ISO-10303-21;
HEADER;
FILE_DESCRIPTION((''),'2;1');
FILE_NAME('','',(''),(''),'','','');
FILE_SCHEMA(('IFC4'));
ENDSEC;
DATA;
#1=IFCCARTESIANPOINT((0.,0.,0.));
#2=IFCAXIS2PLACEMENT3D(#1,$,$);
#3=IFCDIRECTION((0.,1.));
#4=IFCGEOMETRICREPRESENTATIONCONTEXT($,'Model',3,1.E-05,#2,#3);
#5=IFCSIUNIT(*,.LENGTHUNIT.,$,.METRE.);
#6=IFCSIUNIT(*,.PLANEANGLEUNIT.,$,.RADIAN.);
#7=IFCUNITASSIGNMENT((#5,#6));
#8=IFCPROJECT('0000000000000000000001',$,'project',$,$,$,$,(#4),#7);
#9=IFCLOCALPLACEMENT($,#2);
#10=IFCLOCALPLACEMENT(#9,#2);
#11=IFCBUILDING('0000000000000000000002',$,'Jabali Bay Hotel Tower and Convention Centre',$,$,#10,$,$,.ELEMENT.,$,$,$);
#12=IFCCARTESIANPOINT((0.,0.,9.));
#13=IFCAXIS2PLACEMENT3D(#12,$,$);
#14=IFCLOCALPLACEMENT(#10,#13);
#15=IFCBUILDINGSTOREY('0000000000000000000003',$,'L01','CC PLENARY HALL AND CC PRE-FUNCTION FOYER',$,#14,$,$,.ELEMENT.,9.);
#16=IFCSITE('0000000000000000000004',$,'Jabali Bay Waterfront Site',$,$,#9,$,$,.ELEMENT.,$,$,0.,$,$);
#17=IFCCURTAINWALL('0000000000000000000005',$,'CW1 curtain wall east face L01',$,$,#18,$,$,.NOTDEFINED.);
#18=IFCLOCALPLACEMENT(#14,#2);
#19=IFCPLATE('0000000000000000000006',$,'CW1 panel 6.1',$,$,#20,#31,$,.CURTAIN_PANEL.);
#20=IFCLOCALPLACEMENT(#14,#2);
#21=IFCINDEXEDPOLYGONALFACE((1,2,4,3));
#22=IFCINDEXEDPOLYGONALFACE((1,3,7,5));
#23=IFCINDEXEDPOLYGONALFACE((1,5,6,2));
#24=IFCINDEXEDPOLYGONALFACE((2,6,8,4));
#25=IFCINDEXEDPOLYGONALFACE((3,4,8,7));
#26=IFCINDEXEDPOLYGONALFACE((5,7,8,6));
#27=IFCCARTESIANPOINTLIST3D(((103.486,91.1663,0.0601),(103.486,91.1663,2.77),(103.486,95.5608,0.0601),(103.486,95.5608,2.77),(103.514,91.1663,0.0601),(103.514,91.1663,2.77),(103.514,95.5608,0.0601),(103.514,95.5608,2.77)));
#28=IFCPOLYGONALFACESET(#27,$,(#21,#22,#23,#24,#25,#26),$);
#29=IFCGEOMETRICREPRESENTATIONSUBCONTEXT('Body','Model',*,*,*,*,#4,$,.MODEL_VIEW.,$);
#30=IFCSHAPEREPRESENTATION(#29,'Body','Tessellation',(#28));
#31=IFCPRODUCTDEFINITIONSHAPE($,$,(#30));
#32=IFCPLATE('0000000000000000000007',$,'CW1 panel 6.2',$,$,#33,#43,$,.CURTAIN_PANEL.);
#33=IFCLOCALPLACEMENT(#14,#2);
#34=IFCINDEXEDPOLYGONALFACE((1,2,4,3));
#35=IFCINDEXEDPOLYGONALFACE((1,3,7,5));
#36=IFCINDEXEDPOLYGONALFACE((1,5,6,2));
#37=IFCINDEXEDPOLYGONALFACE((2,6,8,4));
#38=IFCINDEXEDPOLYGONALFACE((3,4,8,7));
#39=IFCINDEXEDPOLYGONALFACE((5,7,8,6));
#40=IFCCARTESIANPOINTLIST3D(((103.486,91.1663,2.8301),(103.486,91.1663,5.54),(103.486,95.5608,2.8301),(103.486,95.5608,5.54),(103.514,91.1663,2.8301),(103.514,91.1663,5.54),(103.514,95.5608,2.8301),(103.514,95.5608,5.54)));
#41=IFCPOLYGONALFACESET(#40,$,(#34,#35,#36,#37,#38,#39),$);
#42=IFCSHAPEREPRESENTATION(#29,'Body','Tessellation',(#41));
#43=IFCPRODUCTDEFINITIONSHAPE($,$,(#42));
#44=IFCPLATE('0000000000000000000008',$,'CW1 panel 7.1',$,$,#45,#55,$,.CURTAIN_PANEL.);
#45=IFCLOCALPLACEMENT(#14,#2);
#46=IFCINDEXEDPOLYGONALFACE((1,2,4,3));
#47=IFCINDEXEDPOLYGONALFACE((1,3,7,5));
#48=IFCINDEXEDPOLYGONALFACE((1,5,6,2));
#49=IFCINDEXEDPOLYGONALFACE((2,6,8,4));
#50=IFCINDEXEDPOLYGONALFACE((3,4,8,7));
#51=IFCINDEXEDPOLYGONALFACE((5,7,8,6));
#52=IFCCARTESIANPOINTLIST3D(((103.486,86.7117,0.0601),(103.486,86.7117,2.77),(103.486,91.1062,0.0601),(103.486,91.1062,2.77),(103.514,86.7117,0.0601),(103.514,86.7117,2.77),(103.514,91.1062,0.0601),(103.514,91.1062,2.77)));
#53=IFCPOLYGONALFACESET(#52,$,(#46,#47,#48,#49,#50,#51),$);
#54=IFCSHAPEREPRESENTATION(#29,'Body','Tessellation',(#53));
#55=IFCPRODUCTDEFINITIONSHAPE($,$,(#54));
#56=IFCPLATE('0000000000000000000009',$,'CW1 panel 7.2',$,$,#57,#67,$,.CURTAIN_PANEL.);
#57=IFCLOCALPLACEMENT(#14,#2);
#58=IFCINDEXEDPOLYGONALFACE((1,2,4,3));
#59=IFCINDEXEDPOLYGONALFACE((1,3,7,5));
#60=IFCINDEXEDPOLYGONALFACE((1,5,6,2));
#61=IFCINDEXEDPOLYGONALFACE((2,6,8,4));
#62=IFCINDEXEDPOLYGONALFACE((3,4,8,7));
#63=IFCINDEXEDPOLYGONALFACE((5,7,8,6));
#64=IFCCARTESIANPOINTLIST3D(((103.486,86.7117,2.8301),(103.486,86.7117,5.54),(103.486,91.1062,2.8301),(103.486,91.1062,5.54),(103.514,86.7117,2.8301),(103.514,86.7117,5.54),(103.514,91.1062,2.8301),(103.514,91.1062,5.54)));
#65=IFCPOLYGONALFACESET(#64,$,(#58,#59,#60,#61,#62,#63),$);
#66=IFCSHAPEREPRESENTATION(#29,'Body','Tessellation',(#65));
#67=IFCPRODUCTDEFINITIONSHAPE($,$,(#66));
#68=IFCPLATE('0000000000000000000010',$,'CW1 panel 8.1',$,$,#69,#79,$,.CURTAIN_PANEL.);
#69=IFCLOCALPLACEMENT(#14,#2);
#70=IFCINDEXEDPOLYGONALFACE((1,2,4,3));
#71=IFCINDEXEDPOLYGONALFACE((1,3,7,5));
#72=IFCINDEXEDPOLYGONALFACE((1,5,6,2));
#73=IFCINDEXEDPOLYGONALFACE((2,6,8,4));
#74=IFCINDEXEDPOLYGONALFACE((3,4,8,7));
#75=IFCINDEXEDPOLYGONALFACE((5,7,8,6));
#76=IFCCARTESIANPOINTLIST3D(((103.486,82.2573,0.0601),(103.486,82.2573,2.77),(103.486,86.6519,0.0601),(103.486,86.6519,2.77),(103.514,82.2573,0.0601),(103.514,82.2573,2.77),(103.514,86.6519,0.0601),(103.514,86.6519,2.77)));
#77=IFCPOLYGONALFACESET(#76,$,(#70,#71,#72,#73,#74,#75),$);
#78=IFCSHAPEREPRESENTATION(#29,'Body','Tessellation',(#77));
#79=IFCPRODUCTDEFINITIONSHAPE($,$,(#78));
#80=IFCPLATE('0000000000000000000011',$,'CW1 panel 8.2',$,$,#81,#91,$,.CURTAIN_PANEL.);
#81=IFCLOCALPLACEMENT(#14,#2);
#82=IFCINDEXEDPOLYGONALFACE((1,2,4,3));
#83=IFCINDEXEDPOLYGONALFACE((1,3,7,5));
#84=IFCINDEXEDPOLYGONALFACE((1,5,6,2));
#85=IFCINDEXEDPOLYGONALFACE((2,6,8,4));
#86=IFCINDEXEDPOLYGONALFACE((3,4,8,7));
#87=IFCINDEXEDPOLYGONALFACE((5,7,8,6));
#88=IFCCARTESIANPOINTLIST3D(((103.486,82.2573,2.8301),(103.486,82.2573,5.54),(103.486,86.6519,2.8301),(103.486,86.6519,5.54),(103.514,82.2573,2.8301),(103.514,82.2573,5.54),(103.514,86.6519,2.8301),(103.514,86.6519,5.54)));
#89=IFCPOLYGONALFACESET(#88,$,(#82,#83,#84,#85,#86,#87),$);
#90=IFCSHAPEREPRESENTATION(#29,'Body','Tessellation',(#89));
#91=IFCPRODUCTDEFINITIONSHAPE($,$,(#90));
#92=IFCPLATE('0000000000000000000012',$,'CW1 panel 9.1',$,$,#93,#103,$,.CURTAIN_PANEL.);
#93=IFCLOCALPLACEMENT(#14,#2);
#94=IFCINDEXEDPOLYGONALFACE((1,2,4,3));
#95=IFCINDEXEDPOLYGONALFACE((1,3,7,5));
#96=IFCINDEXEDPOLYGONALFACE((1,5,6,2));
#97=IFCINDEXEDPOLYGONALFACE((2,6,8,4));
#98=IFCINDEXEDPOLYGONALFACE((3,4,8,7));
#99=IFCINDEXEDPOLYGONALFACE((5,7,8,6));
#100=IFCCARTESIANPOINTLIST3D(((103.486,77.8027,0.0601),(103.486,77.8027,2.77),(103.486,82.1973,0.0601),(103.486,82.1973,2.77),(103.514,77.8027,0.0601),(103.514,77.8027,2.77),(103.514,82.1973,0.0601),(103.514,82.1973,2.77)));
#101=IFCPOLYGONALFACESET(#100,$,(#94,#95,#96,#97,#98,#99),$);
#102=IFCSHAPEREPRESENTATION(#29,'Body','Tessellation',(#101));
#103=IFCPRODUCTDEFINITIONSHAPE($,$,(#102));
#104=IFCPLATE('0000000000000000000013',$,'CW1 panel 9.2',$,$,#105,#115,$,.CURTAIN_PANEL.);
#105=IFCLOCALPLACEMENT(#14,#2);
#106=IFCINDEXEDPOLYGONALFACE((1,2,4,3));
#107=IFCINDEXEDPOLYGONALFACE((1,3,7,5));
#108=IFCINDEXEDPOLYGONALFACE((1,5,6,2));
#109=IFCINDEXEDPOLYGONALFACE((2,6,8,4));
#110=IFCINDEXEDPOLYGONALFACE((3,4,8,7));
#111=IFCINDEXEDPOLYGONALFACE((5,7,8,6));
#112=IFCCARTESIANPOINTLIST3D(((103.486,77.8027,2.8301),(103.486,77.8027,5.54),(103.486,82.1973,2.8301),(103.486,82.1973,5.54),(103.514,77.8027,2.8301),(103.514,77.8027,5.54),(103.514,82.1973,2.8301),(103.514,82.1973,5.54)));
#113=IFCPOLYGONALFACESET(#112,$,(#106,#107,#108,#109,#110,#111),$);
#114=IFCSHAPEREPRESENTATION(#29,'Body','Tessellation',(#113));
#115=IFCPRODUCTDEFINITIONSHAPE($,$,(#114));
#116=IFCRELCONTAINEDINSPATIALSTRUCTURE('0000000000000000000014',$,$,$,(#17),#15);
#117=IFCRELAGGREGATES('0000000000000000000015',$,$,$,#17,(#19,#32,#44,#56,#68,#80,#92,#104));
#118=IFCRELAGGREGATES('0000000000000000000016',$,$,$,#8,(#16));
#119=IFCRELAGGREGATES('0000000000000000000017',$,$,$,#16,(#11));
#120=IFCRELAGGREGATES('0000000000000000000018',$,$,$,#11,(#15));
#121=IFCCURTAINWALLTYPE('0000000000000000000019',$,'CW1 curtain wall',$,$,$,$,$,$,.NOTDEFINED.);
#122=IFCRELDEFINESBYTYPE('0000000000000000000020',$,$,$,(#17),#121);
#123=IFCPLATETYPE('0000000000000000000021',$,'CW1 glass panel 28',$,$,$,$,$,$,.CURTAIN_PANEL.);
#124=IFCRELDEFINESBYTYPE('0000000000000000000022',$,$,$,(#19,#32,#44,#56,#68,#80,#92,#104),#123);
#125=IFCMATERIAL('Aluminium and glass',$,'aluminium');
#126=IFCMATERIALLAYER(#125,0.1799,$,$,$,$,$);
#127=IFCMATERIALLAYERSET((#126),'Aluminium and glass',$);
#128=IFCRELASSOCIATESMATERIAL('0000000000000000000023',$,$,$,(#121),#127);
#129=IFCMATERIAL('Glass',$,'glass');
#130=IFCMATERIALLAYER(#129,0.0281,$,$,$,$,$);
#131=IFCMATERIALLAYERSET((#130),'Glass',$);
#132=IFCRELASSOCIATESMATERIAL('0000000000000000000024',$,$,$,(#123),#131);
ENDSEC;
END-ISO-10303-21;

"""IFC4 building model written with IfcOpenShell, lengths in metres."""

from ifc_helpers import new_model, si_unit, direction, frame, origin, origin_2d, place, context, subcontext, project, spatial, rectangle, extrude, material, layer, layer_set, type_object, element, aggregate, save


model = new_model("IFC4")

# Units and contexts
model_context = context("Model", 3, precision=1e-05, world=origin(), true_north=direction((0.0, 1.0)))
body_context = subcontext(model_context, "Body", "Model", "MODEL_VIEW")
ifc_project = project(units=[si_unit("LENGTHUNIT", "METRE"), si_unit("PLANEANGLEUNIT", "RADIAN")], contexts=[model_context])

# Site, building, storey
site_placement = place(None, origin())
site = spatial("IfcSite", under=ifc_project, at=site_placement, Name="Jabali Bay Waterfront Site", CompositionType="ELEMENT", RefElevation=0.0)
building_placement = place(site_placement, origin())
building = spatial("IfcBuilding", under=site, at=building_placement, Name="Jabali Bay Hotel Tower and Convention Centre", CompositionType="ELEMENT")
storey_placement = place(building_placement, frame((0.0, 0.0, 9.0)))
storey = spatial("IfcBuildingStorey", under=building, at=storey_placement, Name="L01", Description="CC PLENARY HALL AND CC PRE-FUNCTION FOYER", CompositionType="ELEMENT", Elevation=9.0)

# Curtain wall, plates
ifc_material_1 = material(Name="Aluminium and glass", Category="aluminium")
ifc_layer_1 = layer(ifc_material_1, 0.1799)
ifc_layer_set_1 = layer_set([ifc_layer_1], Name="Aluminium and glass")
curtain_wall_type = type_object("IfcCurtainWallType", Name="CW1 curtain wall", PredefinedType="NOTDEFINED", material=ifc_layer_set_1)
curtain_wall_placement = place(storey_placement, origin())
curtain_wall = element("IfcCurtainWall", 1, at=curtain_wall_placement, inside=storey, type_object=curtain_wall_type, Name="CW1 curtain wall east face L01", PredefinedType="NOTDEFINED")
ifc_material_2 = material(Name="Glass", Category="glass")
ifc_layer_2 = layer(ifc_material_2, 0.0281)
ifc_layer_set_2 = layer_set([ifc_layer_2], Name="Glass")
plate_type = type_object("IfcPlateType", Name="CW1 glass panel 28", PredefinedType="CURTAIN_PANEL", material=ifc_layer_set_2)
plate_1_placement = place(storey_placement, frame((103.5, 93.3635, 0.0601), z_axis=(0.0, 0.0, 1.0), x_axis=(0.0, -1.0, 0.0)))
plate_1 = element("IfcPlate", 2, at=plate_1_placement, type_object=plate_type, Name="CW1 panel 6.1", PredefinedType="CURTAIN_PANEL", context=body_context, shape_type="SweptSolid", body=[
    extrude(rectangle(XDim=4.3945, YDim=0.0281, at=origin_2d()), origin(), (0.0, 0.0, 1.0), 2.71),
])
plate_2_placement = place(storey_placement, frame((103.5, 93.3635, 2.8301), z_axis=(0.0, 0.0, 1.0), x_axis=(0.0, -1.0, 0.0)))
plate_2 = element("IfcPlate", 3, at=plate_2_placement, type_object=plate_type, Name="CW1 panel 6.2", PredefinedType="CURTAIN_PANEL", context=body_context, shape_type="SweptSolid", body=[
    extrude(rectangle(XDim=4.3945, YDim=0.0281, at=origin_2d()), origin(), (0.0, 0.0, 1.0), 2.71),
])
plate_3_placement = place(storey_placement, frame((103.5, 88.9089, 0.0601), z_axis=(0.0, 0.0, 1.0), x_axis=(0.0, -1.0, 0.0)))
plate_3 = element("IfcPlate", 4, at=plate_3_placement, type_object=plate_type, Name="CW1 panel 7.1", PredefinedType="CURTAIN_PANEL", context=body_context, shape_type="SweptSolid", body=[
    extrude(rectangle(XDim=4.3945, YDim=0.0281, at=origin_2d()), origin(), (0.0, 0.0, 1.0), 2.71),
])
plate_4_placement = place(storey_placement, frame((103.5, 88.9089, 2.8301), z_axis=(0.0, 0.0, 1.0), x_axis=(0.0, -1.0, 0.0)))
plate_4 = element("IfcPlate", 5, at=plate_4_placement, type_object=plate_type, Name="CW1 panel 7.2", PredefinedType="CURTAIN_PANEL", context=body_context, shape_type="SweptSolid", body=[
    extrude(rectangle(XDim=4.3945, YDim=0.0281, at=origin_2d()), origin(), (0.0, 0.0, 1.0), 2.71),
])
plate_5_placement = place(storey_placement, frame((103.5, 84.4546, 0.0601), z_axis=(0.0, 0.0, 1.0), x_axis=(0.0, -1.0, 0.0)))
plate_5 = element("IfcPlate", 6, at=plate_5_placement, type_object=plate_type, Name="CW1 panel 8.1", PredefinedType="CURTAIN_PANEL", context=body_context, shape_type="SweptSolid", body=[
    extrude(rectangle(XDim=4.3945, YDim=0.0281, at=origin_2d()), origin(), (0.0, 0.0, 1.0), 2.71),
])
plate_6_placement = place(storey_placement, frame((103.5, 84.4546, 2.8301), z_axis=(0.0, 0.0, 1.0), x_axis=(0.0, -1.0, 0.0)))
plate_6 = element("IfcPlate", 7, at=plate_6_placement, type_object=plate_type, Name="CW1 panel 8.2", PredefinedType="CURTAIN_PANEL", context=body_context, shape_type="SweptSolid", body=[
    extrude(rectangle(XDim=4.3945, YDim=0.0281, at=origin_2d()), origin(), (0.0, 0.0, 1.0), 2.71),
])
plate_7_placement = place(storey_placement, frame((103.5, 80.0, 0.0601), z_axis=(0.0, 0.0, 1.0), x_axis=(0.0, -1.0, 0.0)))
plate_7 = element("IfcPlate", 8, at=plate_7_placement, type_object=plate_type, Name="CW1 panel 9.1", PredefinedType="CURTAIN_PANEL", context=body_context, shape_type="SweptSolid", body=[
    extrude(rectangle(XDim=4.3945, YDim=0.0281, at=origin_2d()), origin(), (0.0, 0.0, 1.0), 2.71),
])
plate_8_placement = place(storey_placement, frame((103.5, 80.0, 2.8301), z_axis=(0.0, 0.0, 1.0), x_axis=(0.0, -1.0, 0.0)))
plate_8 = element("IfcPlate", 9, at=plate_8_placement, type_object=plate_type, Name="CW1 panel 9.2", PredefinedType="CURTAIN_PANEL", context=body_context, shape_type="SweptSolid", body=[
    extrude(rectangle(XDim=4.3945, YDim=0.0281, at=origin_2d()), origin(), (0.0, 0.0, 1.0), 2.71),
])
aggregate(curtain_wall, [plate_1, plate_2, plate_3, plate_4, plate_5, plate_6, plate_7, plate_8])

save(model, "model.ifc")
